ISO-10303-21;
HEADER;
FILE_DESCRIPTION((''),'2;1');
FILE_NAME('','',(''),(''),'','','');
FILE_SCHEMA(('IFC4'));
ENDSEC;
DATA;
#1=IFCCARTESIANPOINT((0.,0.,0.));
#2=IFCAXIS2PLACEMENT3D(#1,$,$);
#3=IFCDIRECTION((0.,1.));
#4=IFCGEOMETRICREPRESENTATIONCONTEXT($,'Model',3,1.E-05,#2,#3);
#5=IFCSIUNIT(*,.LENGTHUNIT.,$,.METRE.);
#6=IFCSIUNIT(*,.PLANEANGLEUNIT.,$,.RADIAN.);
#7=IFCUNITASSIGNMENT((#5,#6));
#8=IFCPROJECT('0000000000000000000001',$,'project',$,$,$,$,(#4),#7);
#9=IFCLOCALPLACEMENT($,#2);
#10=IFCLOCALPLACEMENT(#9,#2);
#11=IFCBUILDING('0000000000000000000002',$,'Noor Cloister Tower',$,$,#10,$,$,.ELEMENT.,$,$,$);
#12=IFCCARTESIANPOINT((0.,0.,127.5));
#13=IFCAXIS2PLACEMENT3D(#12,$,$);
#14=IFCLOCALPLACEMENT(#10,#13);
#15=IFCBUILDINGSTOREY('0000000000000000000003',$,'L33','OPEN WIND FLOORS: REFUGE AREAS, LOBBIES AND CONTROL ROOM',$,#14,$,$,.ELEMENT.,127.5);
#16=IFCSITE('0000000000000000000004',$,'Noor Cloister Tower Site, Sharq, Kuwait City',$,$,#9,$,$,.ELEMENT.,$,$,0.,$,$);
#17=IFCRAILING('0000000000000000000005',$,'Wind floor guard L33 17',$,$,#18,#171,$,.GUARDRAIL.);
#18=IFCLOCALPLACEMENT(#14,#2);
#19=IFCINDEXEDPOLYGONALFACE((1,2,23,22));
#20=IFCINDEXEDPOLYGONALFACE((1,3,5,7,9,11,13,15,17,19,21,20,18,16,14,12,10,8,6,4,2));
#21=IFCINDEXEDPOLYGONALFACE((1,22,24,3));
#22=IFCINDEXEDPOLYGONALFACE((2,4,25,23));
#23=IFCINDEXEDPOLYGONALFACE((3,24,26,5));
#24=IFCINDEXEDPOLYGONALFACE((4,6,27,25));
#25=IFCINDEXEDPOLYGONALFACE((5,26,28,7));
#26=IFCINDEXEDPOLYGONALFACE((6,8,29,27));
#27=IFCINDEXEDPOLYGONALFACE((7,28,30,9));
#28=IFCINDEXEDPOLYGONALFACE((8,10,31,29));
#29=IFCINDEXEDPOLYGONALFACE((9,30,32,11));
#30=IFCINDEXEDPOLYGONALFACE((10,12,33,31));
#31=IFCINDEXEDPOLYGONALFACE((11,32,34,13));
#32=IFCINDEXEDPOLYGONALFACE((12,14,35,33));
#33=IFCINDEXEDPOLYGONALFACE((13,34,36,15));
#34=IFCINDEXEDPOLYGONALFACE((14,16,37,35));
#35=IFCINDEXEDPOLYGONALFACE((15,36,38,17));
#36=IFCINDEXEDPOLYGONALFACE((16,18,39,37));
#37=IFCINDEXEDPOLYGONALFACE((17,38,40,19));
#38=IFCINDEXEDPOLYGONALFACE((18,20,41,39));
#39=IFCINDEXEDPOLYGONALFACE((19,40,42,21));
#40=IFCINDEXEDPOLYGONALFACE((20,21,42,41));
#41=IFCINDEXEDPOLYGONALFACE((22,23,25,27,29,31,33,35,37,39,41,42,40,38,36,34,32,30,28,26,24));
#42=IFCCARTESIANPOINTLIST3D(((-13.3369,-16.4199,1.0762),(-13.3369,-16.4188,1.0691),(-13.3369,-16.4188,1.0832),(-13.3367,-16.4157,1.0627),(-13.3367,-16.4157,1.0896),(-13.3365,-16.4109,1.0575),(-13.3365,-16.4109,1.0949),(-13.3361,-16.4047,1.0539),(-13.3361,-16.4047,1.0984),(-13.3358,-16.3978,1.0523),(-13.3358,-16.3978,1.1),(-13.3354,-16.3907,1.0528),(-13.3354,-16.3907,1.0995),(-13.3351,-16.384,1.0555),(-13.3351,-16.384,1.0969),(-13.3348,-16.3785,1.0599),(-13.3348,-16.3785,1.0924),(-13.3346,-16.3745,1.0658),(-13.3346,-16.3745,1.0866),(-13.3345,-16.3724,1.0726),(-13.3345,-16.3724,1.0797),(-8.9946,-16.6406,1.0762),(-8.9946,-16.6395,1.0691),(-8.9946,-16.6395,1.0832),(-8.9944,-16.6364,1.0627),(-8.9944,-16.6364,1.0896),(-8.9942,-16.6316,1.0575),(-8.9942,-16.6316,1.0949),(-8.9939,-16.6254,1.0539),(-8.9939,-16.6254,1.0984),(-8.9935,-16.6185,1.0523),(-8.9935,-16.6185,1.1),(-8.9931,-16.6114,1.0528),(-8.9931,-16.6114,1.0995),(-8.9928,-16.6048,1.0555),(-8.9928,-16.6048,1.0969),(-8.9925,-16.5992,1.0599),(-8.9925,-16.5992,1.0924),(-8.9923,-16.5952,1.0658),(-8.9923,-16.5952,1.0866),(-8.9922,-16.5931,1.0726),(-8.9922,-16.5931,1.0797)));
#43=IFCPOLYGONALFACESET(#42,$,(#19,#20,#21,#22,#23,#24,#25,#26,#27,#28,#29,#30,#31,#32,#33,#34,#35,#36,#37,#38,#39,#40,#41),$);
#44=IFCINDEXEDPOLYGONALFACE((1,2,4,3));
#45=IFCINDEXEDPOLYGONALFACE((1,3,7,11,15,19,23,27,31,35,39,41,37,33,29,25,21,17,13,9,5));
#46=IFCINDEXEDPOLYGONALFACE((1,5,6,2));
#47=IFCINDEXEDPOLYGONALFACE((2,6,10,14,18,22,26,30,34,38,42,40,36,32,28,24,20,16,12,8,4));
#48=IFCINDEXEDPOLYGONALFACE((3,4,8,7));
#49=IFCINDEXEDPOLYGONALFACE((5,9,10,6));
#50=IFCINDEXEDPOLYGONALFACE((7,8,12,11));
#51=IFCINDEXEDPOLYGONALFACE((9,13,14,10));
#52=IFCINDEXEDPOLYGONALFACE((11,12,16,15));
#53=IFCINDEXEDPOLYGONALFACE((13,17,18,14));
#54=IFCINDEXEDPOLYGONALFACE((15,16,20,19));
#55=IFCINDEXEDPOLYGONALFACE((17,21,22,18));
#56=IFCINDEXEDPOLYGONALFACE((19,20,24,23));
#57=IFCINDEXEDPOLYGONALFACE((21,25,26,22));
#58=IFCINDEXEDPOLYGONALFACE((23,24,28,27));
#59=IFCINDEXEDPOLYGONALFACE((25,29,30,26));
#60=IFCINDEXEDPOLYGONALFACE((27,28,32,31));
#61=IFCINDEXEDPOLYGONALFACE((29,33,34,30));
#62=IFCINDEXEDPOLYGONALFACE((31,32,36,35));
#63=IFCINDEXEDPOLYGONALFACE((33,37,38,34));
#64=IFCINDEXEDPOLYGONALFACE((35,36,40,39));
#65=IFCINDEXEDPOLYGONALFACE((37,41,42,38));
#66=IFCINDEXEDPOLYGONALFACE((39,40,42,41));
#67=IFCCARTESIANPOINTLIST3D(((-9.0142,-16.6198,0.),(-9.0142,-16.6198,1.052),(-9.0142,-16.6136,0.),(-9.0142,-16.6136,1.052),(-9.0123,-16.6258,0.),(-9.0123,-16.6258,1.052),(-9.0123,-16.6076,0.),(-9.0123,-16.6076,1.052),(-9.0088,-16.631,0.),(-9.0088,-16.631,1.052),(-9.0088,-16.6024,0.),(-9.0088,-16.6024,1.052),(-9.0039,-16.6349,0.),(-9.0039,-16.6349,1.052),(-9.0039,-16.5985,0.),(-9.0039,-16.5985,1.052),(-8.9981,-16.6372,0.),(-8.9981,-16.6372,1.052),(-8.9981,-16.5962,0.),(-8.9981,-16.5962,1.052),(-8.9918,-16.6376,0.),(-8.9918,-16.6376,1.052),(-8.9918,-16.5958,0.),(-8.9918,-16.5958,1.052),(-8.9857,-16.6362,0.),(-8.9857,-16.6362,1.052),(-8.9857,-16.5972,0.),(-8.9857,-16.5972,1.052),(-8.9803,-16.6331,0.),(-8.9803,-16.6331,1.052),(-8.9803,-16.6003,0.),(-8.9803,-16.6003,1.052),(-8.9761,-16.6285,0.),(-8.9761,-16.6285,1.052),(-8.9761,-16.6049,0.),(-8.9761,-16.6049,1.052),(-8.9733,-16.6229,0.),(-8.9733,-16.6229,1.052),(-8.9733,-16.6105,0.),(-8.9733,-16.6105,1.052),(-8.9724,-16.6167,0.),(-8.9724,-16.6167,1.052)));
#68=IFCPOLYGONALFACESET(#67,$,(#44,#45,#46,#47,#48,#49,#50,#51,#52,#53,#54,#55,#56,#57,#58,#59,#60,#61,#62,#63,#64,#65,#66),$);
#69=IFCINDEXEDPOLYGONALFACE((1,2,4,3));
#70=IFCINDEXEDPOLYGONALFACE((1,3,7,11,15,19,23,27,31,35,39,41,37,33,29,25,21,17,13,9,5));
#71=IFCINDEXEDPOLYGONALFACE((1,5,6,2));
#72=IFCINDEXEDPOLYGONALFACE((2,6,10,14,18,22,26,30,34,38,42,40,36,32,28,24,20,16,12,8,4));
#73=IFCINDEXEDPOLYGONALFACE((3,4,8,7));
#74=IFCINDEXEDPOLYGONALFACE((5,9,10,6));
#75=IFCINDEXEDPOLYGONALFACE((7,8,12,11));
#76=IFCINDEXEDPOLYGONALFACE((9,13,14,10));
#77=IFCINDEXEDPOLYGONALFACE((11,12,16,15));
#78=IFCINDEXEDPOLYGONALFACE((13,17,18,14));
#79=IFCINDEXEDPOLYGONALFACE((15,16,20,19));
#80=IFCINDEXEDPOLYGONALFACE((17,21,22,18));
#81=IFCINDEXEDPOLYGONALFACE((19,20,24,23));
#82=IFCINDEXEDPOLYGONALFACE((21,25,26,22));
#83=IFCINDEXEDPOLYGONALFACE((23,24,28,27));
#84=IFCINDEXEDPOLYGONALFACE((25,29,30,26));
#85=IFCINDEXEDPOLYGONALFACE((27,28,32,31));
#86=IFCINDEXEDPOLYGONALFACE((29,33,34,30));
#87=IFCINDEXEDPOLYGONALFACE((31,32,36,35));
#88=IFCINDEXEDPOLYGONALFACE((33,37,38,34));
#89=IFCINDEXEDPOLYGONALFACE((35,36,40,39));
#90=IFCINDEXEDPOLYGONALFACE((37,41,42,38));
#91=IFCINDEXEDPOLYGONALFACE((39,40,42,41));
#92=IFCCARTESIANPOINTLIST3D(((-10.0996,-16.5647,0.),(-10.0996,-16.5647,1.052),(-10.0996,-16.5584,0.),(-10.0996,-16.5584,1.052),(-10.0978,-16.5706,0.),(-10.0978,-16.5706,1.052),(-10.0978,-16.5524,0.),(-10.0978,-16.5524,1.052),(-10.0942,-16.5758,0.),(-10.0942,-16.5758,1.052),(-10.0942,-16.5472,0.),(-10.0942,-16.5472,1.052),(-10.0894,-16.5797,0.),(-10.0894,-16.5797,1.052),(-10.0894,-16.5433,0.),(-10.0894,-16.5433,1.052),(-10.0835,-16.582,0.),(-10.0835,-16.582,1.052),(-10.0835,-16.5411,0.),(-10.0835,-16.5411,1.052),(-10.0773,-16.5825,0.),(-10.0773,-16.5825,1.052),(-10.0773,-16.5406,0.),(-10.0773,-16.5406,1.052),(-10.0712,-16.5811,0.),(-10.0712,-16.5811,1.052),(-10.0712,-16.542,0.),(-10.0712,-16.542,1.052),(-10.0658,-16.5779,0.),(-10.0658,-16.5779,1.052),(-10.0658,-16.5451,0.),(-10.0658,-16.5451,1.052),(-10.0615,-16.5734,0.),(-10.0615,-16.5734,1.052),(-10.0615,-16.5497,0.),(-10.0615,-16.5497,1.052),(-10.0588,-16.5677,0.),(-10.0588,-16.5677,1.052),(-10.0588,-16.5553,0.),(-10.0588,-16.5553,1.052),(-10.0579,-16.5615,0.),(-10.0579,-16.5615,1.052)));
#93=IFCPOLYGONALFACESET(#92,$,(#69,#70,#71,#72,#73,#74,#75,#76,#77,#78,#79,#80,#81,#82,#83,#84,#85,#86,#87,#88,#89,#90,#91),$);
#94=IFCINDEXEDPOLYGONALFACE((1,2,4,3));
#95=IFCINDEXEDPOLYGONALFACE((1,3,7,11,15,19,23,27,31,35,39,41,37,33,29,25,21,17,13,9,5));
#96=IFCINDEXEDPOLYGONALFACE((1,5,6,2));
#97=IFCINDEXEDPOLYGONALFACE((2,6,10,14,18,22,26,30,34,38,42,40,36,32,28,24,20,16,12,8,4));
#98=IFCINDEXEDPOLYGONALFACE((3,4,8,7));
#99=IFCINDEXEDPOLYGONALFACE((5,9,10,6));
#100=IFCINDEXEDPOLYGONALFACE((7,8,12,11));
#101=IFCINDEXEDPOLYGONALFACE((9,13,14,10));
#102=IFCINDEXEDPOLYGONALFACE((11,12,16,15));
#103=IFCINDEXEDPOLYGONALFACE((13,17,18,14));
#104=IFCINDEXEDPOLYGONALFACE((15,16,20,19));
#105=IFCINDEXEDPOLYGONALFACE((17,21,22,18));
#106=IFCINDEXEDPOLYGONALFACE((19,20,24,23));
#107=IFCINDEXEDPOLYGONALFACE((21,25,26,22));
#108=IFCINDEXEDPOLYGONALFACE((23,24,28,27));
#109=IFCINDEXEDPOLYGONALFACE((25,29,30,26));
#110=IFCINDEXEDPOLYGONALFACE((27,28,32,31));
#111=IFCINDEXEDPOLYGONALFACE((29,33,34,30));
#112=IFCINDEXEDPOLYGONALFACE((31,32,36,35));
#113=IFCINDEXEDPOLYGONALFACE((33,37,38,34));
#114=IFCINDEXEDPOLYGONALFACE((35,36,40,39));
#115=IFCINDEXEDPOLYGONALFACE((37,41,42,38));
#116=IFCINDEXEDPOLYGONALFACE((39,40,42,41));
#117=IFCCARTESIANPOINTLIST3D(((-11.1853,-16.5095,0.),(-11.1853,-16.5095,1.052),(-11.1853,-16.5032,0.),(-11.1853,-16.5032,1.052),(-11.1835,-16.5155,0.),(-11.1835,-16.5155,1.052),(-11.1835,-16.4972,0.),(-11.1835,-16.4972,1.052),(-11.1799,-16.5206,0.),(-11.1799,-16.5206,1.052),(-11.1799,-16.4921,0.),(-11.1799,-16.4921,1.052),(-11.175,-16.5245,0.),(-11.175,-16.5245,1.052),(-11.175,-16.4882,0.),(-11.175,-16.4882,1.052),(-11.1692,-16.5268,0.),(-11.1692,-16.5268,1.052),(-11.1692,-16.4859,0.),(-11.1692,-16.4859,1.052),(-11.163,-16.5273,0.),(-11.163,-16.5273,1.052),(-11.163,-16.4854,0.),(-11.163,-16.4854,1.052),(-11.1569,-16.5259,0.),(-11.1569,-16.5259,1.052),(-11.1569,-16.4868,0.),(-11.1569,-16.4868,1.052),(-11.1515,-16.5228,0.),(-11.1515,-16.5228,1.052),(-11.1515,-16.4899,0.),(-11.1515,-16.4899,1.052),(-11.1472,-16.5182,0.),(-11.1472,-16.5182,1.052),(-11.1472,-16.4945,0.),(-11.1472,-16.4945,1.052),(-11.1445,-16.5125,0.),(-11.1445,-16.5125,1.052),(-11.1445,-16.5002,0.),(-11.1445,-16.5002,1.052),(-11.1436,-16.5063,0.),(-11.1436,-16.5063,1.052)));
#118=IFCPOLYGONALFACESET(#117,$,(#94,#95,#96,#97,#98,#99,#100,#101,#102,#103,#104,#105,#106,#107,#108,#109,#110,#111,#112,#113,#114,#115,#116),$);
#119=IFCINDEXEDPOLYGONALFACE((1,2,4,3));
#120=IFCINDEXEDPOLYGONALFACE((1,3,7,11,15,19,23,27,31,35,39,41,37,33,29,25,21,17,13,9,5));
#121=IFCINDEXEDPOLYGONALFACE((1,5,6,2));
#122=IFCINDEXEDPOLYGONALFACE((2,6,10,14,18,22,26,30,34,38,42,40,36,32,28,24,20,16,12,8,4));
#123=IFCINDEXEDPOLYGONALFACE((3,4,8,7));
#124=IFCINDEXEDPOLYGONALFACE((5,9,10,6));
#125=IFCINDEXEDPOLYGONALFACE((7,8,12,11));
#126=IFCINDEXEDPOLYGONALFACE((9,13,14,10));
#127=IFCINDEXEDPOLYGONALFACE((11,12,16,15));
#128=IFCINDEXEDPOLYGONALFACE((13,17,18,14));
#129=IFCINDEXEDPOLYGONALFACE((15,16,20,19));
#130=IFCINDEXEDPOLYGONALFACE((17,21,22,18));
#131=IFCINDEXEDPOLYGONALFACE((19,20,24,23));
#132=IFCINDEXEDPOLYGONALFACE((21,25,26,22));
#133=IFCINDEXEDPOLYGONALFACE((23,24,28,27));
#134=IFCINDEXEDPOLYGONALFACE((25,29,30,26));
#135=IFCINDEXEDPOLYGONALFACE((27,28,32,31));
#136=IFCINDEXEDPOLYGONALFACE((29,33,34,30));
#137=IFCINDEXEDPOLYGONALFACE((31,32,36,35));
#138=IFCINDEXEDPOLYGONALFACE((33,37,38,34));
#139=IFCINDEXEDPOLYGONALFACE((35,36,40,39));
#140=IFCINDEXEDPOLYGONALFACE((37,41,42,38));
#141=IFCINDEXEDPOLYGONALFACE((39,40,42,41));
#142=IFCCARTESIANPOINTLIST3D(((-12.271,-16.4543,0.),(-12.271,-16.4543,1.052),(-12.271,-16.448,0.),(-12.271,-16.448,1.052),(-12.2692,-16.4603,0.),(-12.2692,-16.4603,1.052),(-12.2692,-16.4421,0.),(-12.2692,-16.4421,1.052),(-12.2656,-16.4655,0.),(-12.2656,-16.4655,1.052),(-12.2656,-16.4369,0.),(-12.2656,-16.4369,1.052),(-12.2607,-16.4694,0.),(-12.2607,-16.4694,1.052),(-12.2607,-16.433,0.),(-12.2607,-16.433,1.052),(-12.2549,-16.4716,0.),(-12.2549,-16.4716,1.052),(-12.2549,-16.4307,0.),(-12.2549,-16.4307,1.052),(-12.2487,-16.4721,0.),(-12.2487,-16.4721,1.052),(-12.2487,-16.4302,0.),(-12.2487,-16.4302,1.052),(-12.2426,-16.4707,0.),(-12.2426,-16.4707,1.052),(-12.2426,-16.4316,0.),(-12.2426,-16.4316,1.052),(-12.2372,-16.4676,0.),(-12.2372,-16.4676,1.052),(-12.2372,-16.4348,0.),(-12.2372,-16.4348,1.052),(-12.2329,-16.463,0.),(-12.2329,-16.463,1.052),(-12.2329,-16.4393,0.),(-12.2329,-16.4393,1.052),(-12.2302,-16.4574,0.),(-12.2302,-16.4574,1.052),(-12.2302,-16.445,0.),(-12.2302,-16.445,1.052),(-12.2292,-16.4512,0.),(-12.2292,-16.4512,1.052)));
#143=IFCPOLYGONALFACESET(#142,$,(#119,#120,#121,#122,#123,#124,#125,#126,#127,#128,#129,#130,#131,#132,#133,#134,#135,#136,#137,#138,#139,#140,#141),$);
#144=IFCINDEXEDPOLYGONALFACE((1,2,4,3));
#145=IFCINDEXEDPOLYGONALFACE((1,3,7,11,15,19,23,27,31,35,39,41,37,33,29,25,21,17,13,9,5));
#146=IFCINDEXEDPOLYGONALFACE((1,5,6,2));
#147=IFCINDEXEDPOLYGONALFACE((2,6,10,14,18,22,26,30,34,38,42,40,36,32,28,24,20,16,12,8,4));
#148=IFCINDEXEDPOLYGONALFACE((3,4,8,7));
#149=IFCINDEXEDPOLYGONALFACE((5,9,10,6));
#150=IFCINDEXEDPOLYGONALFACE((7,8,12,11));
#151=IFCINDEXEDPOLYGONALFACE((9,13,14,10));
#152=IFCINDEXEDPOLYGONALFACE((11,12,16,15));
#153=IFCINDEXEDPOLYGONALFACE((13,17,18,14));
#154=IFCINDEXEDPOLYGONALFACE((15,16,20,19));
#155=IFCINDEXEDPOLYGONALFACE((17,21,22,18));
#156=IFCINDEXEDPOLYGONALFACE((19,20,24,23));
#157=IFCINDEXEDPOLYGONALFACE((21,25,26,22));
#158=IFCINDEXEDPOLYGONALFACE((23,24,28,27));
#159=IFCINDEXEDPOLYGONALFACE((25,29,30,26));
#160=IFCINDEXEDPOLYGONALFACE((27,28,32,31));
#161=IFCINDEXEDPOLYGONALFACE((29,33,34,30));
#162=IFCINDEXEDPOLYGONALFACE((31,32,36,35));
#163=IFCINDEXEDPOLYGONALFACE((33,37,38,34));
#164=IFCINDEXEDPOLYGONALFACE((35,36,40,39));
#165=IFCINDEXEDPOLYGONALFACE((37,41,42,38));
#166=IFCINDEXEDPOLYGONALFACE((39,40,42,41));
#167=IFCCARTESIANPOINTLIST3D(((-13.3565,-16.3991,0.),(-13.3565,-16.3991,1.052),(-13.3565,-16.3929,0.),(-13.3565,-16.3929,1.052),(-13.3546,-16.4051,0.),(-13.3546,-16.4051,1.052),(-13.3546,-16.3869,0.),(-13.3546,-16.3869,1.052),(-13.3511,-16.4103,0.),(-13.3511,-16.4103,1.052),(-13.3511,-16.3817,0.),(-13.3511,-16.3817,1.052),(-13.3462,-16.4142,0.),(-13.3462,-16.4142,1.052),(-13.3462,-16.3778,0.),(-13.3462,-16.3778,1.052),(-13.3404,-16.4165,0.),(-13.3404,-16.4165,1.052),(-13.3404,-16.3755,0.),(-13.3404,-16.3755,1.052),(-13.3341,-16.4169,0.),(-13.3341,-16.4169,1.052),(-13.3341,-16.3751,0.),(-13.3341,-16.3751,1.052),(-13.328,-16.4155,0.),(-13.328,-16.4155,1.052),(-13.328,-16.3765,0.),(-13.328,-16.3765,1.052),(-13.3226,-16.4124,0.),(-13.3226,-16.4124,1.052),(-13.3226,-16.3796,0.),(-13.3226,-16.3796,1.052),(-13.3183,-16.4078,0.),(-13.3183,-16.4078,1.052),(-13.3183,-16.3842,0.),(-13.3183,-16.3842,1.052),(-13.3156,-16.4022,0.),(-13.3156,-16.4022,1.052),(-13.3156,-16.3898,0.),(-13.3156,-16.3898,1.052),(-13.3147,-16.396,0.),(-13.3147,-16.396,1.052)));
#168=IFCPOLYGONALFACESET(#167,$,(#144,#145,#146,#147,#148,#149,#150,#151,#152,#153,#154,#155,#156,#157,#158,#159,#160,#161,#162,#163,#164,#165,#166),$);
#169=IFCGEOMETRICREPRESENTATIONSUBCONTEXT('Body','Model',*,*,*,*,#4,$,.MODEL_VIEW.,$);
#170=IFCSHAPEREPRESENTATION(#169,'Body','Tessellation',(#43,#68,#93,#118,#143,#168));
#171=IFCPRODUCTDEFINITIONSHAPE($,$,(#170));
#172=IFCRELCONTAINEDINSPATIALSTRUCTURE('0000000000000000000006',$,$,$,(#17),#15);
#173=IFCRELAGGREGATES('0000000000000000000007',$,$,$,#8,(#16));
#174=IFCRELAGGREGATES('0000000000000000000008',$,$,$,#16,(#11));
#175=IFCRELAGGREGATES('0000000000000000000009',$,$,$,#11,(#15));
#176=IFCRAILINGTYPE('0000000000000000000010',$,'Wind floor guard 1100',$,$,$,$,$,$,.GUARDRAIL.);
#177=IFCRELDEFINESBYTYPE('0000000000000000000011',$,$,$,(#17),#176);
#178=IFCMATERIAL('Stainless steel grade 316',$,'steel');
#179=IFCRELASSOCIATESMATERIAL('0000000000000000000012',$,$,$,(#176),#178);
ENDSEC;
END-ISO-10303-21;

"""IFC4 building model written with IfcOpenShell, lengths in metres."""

from ifc_helpers import new_model, si_unit, direction, frame, origin, origin_2d, place, context, subcontext, project, spatial, circle, extrude, material, type_object, element, save


model = new_model("IFC4")

# Units and contexts
model_context = context("Model", 3, precision=1e-05, world=origin(), true_north=direction((0.0, 1.0)))
body_context = subcontext(model_context, "Body", "Model", "MODEL_VIEW")
ifc_project = project(units=[si_unit("LENGTHUNIT", "METRE"), si_unit("PLANEANGLEUNIT", "RADIAN")], contexts=[model_context])

# Site, building, storey
site_placement = place(None, origin())
site = spatial("IfcSite", under=ifc_project, at=site_placement, Name="Noor Cloister Tower Site, Sharq, Kuwait City", CompositionType="ELEMENT", RefElevation=0.0)
building_placement = place(site_placement, origin())
building = spatial("IfcBuilding", under=site, at=building_placement, Name="Noor Cloister Tower", CompositionType="ELEMENT")
storey_placement = place(building_placement, frame((0.0, 0.0, 127.5)))
storey = spatial("IfcBuildingStorey", under=building, at=storey_placement, Name="L33", Description="OPEN WIND FLOORS: REFUGE AREAS, LOBBIES AND CONTROL ROOM", CompositionType="ELEMENT", Elevation=127.5)

# Railing
ifc_material_1 = material(Name="Stainless steel grade 316", Category="steel")
railing_type = type_object("IfcRailingType", Name="Wind floor guard 1100", PredefinedType="GUARDRAIL", material=ifc_material_1)
railing_1_placement = place(storey_placement, frame((-8.9934, -16.6167, 0.0)))
element("IfcRailing", 1, at=railing_1_placement, inside=storey, type_object=railing_type, Name="Wind floor guard L33 17", PredefinedType="GUARDRAIL", context=body_context, shape_type="SweptSolid", body=[
    extrude(circle(Radius=0.0239, at=origin_2d()), frame((0.0, 0.0, 1.0762), z_axis=(-0.998711, 0.050761, 0.0), x_axis=(-0.050761, -0.998711, 0.0)), (0.0, 0.0, 1.0), 4.3479),
    extrude(circle(Radius=0.021, at=origin_2d()), origin(), (0.0, 0.0, 1.0), 1.052),
    extrude(circle(Radius=0.021, at=origin_2d()), frame((-1.0854, 0.0552, 0.0)), (0.0, 0.0, 1.0), 1.052),
    extrude(circle(Radius=0.021, at=origin_2d()), frame((-2.1711, 0.1104, 0.0)), (0.0, 0.0, 1.0), 1.052),
    extrude(circle(Radius=0.021, at=origin_2d()), frame((-3.2568, 0.1655, 0.0)), (0.0, 0.0, 1.0), 1.052),
    extrude(circle(Radius=0.021, at=origin_2d()), frame((-4.3423, 0.2207, 0.0)), (0.0, 0.0, 1.0), 1.052),
])

save(model, "model.ifc")
